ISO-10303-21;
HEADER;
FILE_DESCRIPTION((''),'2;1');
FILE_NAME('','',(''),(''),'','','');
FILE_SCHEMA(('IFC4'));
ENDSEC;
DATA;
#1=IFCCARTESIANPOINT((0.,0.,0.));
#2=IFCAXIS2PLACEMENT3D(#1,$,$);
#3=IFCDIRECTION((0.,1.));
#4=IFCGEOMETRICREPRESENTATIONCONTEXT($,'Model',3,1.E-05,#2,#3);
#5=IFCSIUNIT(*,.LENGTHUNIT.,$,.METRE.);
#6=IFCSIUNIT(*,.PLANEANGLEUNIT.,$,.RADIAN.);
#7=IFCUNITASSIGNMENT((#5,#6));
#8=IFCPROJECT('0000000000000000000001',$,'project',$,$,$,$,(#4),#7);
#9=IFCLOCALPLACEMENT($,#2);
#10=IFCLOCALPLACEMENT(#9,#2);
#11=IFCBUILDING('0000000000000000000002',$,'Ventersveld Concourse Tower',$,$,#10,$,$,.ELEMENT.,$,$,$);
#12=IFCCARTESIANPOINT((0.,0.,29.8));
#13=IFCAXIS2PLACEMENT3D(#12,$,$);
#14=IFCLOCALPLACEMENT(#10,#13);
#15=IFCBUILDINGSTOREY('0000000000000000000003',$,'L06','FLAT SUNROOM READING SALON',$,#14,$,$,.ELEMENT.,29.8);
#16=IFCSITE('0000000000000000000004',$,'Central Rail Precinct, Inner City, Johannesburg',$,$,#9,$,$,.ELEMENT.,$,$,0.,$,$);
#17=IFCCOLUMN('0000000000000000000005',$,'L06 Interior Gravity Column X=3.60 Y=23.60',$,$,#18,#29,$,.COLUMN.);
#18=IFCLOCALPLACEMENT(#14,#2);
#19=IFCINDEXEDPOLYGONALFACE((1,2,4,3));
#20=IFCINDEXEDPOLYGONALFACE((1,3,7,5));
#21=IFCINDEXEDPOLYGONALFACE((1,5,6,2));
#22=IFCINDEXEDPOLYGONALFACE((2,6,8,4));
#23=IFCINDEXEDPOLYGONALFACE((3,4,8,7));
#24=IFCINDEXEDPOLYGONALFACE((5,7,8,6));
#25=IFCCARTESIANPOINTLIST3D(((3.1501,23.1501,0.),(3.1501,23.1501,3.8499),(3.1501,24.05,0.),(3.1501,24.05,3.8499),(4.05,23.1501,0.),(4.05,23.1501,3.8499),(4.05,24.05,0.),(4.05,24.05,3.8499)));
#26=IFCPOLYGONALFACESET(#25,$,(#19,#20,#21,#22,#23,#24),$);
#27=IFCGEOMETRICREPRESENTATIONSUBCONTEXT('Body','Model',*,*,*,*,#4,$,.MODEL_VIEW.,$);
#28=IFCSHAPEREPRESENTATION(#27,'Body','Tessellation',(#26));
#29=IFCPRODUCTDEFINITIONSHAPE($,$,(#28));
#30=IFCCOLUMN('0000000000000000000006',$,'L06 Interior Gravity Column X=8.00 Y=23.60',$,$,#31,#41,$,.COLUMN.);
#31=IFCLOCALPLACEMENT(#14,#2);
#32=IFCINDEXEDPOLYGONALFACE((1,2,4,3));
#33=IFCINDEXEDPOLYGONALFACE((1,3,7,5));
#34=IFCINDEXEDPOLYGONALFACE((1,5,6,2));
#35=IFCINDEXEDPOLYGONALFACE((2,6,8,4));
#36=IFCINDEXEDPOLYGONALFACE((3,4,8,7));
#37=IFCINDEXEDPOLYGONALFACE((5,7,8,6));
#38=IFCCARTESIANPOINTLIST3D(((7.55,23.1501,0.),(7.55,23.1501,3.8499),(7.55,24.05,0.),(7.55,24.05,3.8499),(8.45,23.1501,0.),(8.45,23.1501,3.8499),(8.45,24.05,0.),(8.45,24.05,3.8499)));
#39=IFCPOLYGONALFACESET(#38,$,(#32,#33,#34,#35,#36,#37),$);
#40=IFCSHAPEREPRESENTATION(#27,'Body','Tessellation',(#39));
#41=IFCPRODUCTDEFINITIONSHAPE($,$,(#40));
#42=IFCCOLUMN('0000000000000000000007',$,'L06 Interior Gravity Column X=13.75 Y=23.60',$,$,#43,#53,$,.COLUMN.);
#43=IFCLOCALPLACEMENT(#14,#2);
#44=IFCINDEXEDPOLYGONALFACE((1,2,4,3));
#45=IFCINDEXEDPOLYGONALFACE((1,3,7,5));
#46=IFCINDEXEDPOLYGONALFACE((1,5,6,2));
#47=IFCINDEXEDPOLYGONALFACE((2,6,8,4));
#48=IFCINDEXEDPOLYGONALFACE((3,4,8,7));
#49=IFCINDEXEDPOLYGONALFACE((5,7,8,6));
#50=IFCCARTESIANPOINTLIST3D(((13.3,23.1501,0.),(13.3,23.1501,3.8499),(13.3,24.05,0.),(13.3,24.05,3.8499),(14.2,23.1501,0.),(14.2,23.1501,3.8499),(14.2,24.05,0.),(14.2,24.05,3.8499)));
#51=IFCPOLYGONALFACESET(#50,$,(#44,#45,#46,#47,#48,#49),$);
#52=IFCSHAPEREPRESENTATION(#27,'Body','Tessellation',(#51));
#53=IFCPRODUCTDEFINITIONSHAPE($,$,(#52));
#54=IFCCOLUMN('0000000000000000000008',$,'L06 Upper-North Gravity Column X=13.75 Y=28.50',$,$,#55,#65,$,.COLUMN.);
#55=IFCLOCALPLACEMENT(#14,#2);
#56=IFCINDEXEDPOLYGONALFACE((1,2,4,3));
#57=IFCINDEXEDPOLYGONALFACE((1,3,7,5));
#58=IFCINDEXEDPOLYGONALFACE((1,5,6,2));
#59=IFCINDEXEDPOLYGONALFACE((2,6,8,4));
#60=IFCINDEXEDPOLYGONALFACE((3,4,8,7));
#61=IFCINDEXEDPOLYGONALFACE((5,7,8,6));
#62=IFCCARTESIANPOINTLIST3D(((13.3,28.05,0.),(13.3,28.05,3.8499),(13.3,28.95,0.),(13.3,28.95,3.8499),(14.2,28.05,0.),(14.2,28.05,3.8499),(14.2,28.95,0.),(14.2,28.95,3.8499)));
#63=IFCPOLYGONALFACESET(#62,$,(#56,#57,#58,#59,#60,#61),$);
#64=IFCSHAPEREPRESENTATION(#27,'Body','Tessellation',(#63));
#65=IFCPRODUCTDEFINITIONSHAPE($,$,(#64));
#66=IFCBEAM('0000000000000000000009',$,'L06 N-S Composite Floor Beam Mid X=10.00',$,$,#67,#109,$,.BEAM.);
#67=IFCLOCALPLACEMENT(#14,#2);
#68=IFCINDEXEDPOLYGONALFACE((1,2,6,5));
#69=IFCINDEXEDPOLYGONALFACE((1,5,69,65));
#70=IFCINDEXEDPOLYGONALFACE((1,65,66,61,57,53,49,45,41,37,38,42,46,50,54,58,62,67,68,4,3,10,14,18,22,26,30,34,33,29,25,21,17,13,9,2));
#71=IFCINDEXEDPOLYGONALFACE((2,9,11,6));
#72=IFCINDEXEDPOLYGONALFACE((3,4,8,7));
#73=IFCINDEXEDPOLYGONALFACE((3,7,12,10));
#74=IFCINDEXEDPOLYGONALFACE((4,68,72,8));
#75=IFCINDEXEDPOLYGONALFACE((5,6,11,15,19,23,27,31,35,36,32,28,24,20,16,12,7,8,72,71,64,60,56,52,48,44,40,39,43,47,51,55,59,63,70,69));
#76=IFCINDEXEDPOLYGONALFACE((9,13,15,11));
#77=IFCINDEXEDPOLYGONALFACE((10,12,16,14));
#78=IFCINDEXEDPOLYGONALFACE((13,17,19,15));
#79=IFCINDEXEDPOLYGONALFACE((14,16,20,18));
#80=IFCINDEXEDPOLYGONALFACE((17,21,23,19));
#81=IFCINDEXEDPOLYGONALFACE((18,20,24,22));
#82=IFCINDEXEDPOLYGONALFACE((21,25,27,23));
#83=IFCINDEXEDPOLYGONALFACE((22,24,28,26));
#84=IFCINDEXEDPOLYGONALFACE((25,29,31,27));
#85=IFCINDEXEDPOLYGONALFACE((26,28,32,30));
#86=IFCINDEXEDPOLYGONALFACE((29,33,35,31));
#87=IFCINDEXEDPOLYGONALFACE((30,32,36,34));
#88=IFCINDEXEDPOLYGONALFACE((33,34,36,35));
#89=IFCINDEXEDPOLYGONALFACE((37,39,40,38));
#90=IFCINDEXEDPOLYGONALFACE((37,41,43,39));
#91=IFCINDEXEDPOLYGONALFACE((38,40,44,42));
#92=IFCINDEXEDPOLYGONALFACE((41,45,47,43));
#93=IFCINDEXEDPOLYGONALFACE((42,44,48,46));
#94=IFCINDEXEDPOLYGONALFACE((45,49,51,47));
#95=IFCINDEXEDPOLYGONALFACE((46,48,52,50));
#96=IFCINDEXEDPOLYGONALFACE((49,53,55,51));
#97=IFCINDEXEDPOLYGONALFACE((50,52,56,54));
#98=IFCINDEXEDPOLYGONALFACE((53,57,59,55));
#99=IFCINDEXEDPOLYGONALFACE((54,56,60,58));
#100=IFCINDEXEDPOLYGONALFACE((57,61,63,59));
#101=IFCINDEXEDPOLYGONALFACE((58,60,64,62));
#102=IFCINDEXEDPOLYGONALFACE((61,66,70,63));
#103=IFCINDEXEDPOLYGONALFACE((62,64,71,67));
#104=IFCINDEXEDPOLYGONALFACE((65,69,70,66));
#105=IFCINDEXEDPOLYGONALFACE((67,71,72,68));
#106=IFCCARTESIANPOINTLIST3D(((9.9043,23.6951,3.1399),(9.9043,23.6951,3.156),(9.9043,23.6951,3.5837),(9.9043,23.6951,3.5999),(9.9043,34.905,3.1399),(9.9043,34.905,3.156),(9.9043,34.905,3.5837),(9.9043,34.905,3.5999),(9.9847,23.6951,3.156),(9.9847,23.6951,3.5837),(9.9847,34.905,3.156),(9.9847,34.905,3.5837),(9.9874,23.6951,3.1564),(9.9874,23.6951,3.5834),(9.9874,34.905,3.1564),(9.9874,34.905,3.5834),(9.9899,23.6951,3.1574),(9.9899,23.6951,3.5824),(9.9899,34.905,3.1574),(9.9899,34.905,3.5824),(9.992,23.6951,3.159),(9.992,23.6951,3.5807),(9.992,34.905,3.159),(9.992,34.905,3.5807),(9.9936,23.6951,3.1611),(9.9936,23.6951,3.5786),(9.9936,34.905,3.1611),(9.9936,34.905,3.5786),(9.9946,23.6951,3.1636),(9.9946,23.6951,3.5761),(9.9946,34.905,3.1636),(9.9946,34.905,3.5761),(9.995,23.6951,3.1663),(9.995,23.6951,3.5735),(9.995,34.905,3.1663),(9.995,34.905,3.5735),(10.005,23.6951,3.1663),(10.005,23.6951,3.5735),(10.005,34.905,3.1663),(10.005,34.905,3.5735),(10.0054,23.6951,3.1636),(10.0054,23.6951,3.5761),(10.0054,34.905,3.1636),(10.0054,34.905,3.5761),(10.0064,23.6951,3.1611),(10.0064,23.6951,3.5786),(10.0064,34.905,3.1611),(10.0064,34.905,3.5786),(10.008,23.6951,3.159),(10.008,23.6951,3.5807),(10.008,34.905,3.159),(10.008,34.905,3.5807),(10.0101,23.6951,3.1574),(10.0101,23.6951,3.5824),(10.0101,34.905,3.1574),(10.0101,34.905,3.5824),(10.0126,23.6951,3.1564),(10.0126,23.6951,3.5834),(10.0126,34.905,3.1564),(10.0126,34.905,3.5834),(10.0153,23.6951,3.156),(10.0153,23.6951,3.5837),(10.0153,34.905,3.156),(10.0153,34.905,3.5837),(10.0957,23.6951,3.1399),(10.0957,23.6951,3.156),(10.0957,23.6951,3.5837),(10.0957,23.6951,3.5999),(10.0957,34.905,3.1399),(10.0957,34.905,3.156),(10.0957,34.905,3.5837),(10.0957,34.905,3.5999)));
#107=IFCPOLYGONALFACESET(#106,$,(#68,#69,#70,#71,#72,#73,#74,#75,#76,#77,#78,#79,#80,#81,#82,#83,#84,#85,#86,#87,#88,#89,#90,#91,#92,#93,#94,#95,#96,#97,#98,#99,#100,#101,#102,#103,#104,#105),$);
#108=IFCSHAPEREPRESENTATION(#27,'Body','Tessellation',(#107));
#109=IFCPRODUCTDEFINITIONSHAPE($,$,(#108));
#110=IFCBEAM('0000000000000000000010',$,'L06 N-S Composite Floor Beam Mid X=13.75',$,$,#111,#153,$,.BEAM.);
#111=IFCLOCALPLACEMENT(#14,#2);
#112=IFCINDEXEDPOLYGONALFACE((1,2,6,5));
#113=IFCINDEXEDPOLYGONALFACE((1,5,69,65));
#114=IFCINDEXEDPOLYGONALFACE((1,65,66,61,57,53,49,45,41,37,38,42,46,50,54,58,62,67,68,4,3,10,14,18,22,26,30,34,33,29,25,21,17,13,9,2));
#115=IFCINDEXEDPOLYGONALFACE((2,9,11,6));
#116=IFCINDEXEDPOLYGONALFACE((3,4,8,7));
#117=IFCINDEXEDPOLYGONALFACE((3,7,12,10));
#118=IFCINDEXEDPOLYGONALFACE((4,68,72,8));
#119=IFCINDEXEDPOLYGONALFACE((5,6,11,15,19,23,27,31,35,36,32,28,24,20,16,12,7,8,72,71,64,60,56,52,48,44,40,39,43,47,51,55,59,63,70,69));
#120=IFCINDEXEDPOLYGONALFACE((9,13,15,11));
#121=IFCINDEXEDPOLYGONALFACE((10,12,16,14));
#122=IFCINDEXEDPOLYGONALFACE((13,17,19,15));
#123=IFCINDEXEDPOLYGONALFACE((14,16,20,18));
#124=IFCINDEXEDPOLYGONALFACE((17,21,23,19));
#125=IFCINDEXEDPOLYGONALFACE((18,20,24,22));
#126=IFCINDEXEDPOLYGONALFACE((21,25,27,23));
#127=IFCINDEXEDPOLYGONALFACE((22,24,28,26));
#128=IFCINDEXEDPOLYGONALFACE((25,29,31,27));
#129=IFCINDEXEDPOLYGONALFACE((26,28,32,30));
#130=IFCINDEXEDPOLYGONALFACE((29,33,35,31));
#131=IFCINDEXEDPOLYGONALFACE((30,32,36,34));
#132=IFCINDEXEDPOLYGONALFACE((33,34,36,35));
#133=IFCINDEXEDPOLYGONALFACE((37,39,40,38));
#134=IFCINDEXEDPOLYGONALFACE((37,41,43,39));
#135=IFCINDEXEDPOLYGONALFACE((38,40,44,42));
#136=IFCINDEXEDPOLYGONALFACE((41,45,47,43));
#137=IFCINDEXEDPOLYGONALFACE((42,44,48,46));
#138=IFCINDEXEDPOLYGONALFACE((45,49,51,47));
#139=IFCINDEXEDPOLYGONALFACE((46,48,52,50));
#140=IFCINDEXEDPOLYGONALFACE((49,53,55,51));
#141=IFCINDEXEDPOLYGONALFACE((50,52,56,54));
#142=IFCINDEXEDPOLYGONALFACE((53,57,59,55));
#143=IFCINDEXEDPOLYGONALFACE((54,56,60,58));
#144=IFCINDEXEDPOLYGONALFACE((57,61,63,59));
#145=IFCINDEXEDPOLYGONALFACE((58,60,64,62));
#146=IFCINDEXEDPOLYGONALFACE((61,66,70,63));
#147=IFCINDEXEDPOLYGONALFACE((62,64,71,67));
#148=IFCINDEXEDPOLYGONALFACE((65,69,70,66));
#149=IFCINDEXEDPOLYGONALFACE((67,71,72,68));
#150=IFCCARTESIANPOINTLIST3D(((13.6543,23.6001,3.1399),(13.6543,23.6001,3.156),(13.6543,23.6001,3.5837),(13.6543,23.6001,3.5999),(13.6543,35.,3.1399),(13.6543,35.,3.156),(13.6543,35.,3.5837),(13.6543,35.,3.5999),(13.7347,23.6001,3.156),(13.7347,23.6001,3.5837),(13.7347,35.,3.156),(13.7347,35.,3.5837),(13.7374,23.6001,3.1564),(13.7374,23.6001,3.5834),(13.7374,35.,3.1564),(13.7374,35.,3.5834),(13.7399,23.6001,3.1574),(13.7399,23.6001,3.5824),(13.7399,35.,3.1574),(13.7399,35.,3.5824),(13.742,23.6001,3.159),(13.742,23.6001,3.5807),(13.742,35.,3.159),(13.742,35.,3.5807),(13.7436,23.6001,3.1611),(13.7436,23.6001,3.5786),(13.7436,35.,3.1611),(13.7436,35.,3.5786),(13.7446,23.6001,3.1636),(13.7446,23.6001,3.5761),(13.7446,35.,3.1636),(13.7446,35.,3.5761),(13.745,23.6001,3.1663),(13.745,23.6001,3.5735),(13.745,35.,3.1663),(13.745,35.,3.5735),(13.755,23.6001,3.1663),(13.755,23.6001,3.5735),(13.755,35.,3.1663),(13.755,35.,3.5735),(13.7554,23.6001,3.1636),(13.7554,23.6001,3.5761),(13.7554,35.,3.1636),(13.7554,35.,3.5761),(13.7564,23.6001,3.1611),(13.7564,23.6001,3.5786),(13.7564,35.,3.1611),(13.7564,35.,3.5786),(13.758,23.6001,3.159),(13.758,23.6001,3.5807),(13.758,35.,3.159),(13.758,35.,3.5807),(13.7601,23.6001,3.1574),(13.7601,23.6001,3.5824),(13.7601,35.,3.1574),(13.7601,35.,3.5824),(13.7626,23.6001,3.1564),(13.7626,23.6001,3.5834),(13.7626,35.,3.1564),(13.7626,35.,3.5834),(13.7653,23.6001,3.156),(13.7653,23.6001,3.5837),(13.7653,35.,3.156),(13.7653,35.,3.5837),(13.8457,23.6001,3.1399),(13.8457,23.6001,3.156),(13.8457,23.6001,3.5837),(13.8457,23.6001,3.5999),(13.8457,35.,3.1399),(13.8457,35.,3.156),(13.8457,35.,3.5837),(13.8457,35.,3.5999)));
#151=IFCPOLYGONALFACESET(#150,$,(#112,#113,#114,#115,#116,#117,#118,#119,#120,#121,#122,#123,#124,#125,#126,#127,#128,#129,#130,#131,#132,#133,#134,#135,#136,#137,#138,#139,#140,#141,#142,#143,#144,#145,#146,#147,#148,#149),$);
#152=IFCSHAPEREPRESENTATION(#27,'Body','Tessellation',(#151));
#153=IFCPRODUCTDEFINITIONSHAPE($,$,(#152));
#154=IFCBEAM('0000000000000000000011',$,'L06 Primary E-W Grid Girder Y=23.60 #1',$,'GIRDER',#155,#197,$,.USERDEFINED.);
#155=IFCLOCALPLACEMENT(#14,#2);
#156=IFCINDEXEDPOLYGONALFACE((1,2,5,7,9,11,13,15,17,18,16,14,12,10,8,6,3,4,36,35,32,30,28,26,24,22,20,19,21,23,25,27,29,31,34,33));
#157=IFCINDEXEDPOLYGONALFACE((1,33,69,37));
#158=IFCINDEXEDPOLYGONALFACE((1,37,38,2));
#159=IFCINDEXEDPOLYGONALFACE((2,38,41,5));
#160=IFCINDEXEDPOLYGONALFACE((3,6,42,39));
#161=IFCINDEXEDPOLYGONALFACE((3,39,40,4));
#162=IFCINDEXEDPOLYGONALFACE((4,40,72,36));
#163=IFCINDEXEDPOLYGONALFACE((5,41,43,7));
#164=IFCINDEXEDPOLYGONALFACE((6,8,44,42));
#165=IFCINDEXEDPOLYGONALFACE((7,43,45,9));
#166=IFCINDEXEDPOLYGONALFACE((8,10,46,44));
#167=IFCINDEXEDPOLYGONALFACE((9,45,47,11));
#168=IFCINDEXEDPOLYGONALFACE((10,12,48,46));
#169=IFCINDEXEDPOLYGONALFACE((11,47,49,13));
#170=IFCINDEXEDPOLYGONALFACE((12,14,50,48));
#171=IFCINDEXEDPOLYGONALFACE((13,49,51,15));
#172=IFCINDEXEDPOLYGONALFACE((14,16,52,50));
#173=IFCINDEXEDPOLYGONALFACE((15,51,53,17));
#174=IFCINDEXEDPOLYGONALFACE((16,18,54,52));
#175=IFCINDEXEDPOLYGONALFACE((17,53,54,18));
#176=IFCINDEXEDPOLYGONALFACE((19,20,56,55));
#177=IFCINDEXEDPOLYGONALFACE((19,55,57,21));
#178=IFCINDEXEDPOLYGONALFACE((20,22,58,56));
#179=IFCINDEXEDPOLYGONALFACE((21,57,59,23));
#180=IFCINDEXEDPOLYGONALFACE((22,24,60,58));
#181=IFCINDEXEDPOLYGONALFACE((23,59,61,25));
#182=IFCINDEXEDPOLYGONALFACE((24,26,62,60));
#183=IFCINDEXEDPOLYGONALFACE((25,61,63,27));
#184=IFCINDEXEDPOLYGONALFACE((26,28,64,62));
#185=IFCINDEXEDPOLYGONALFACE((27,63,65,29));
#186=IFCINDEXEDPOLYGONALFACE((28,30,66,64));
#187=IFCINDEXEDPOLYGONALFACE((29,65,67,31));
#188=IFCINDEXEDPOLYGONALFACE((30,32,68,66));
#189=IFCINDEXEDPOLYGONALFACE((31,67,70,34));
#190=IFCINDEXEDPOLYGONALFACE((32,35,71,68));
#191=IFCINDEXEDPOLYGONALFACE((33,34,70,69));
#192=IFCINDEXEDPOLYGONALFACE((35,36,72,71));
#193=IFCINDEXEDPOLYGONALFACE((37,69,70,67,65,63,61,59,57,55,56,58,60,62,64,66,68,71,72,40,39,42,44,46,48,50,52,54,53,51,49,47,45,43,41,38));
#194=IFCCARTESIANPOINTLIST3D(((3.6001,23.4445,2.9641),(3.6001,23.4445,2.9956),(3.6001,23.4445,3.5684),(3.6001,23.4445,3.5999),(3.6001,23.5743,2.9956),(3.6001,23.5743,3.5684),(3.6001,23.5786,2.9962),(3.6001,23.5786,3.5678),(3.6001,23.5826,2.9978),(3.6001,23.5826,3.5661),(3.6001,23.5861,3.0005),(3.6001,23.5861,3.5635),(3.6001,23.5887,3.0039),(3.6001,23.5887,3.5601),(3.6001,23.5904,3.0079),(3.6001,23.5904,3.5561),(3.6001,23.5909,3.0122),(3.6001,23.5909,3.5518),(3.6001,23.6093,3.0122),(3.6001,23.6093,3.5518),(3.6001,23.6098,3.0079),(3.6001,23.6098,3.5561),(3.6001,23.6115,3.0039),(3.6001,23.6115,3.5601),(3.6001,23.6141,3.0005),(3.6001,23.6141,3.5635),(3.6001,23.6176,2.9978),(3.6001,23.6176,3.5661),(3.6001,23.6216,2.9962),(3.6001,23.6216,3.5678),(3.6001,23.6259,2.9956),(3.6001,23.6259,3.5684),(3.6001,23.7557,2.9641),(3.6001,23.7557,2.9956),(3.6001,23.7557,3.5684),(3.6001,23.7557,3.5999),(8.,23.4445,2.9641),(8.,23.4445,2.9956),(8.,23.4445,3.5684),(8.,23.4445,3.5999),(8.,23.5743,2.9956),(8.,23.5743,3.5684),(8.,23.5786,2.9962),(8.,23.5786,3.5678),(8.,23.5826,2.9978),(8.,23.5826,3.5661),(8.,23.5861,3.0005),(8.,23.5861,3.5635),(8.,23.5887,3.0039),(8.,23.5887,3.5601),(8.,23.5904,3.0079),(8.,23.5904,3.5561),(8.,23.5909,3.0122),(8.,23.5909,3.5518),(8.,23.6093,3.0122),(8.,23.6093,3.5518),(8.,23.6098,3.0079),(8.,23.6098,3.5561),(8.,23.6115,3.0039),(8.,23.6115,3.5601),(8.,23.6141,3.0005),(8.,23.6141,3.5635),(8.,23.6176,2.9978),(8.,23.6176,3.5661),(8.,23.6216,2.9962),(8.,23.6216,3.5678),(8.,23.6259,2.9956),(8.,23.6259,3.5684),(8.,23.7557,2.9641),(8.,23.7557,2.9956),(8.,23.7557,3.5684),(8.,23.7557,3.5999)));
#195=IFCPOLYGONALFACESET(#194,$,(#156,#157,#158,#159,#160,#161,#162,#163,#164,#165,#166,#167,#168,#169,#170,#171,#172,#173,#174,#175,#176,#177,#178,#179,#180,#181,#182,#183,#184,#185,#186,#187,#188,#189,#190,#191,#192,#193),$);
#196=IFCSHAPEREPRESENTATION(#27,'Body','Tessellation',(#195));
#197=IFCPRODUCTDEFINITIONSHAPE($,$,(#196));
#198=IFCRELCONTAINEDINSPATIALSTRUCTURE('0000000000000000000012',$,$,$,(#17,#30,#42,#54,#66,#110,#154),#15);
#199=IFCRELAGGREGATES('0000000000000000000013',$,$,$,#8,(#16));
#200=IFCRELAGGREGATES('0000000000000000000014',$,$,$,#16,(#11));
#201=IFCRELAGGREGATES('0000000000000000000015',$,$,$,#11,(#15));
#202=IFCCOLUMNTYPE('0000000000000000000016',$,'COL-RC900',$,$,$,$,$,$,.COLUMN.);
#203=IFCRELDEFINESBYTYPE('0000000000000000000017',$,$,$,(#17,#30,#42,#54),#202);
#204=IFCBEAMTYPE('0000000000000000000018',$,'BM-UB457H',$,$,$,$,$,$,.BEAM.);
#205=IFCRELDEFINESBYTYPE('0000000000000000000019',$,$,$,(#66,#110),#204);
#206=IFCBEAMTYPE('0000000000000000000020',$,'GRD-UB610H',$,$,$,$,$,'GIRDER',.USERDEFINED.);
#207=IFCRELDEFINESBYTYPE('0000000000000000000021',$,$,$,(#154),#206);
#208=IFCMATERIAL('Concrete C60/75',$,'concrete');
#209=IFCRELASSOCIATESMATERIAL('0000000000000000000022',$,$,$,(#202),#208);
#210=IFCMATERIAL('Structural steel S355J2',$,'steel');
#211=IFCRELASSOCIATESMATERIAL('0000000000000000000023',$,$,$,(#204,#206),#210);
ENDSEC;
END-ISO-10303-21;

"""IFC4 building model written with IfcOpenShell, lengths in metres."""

from ifc_helpers import new_model, si_unit, direction, frame, origin, origin_2d, place, context, subcontext, project, spatial, rectangle, i_section, extrude, material, material_profile, profile_set, type_object, element, save


model = new_model("IFC4")

# Units and contexts
model_context = context("Model", 3, precision=1e-05, world=origin(), true_north=direction((0.0, 1.0)))
body_context = subcontext(model_context, "Body", "Model", "MODEL_VIEW")
ifc_project = project(units=[si_unit("LENGTHUNIT", "METRE"), si_unit("PLANEANGLEUNIT", "RADIAN")], contexts=[model_context])

# Site, building, storey
site_placement = place(None, origin())
site = spatial("IfcSite", under=ifc_project, at=site_placement, Name="Central Rail Precinct, Inner City, Johannesburg", CompositionType="ELEMENT", RefElevation=0.0)
building_placement = place(site_placement, origin())
building = spatial("IfcBuilding", under=site, at=building_placement, Name="Ventersveld Concourse Tower", CompositionType="ELEMENT")
storey_placement = place(building_placement, frame((0.0, 0.0, 29.8)))
storey = spatial("IfcBuildingStorey", under=building, at=storey_placement, Name="L06", Description="FLAT SUNROOM READING SALON", CompositionType="ELEMENT", Elevation=29.8)

# Columns
ifc_material_1 = material(Name="Concrete C60/75", Category="concrete")
ifc_material_profile_1 = material_profile(ifc_material_1, rectangle(XDim=0.8999, YDim=0.8999, at=origin_2d()), Name="RC 900x900")
ifc_profile_set_1 = profile_set([ifc_material_profile_1], Name="Concrete C60/75")
column_type = type_object("IfcColumnType", Name="COL-RC900", PredefinedType="COLUMN", material=ifc_profile_set_1)
for number, where, z_axis, x_axis, name in (
    (1, (3.6001, 23.6001, 0.0), (0.0, 0.0, 1.0), (1.0, 0.0, 0.0), "L06 Interior Gravity Column X=3.60 Y=23.60"),
    (2, (8.0, 23.6001, 0.0), (0.0, 0.0, 1.0), (1.0, 0.0, 0.0), "L06 Interior Gravity Column X=8.00 Y=23.60"),
    (3, (13.75, 23.6001, 0.0), (0.0, 0.0, 1.0), (1.0, 0.0, 0.0), "L06 Interior Gravity Column X=13.75 Y=23.60"),
    (4, (13.75, 28.5, 0.0), (0.0, 0.0, 1.0), (1.0, 0.0, 0.0), "L06 Upper-North Gravity Column X=13.75 Y=28.50"),
):
    element("IfcColumn", number, at=place(storey_placement, frame(where, z_axis=z_axis, x_axis=x_axis)), inside=storey, type_object=column_type, Name=name, PredefinedType="COLUMN", context=body_context, shape_type="SweptSolid", body=[
        extrude(rectangle(XDim=0.8999, YDim=0.8999, at=origin_2d()), origin(), (0.0, 0.0, 1.0), 3.8499),
    ])

# Beams
ifc_material_2 = material(Name="Structural steel S355J2", Category="steel")
ifc_material_profile_2 = material_profile(ifc_material_2, i_section(OverallWidth=0.1914, OverallDepth=0.46, WebThickness=0.01, FlangeThickness=0.0161, FilletRadius=0.0103, at=origin_2d()), Name="UB 457x191x82")
ifc_profile_set_2 = profile_set([ifc_material_profile_2], Name="Structural steel S355J2")
beam_type_1 = type_object("IfcBeamType", Name="BM-UB457H", PredefinedType="BEAM", material=ifc_profile_set_2)
beam_1_placement = place(storey_placement, frame((10.0, 23.6951, 3.3699), z_axis=(0.0, 1.0, 0.0), x_axis=(-1.0, 0.0, 0.0)))
element("IfcBeam", 5, at=beam_1_placement, inside=storey, type_object=beam_type_1, Name="L06 N-S Composite Floor Beam Mid X=10.00", PredefinedType="BEAM", context=body_context, shape_type="SweptSolid", body=[
    extrude(i_section(OverallWidth=0.1914, OverallDepth=0.46, WebThickness=0.01, FlangeThickness=0.0161, FilletRadius=0.0103, at=origin_2d()), origin(), (0.0, 0.0, 1.0), 11.21),
])
beam_2_placement = place(storey_placement, frame((13.75, 23.6001, 3.3699), z_axis=(0.0, 1.0, 0.0), x_axis=(-1.0, 0.0, 0.0)))
element("IfcBeam", 6, at=beam_2_placement, inside=storey, type_object=beam_type_1, Name="L06 N-S Composite Floor Beam Mid X=13.75", PredefinedType="BEAM", context=body_context, shape_type="SweptSolid", body=[
    extrude(i_section(OverallWidth=0.1914, OverallDepth=0.46, WebThickness=0.01, FlangeThickness=0.0161, FilletRadius=0.0103, at=origin_2d()), origin(), (0.0, 0.0, 1.0), 11.3999),
])
ifc_material_profile_3 = material_profile(ifc_material_2, i_section(OverallWidth=0.3113, OverallDepth=0.6357, WebThickness=0.0183, FlangeThickness=0.0315, FilletRadius=0.0166, at=origin_2d()), Name="UB 610x305x238")
ifc_profile_set_3 = profile_set([ifc_material_profile_3], Name="Structural steel S355J2")
beam_type_2 = type_object("IfcBeamType", Name="GRD-UB610H", ElementType="GIRDER", PredefinedType="USERDEFINED", material=ifc_profile_set_3)
beam_3_placement = place(storey_placement, frame((3.6001, 23.6001, 3.282), z_axis=(1.0, 0.0, 0.0), x_axis=(0.0, 1.0, 0.0)))
element("IfcBeam", 7, at=beam_3_placement, inside=storey, type_object=beam_type_2, Name="L06 Primary E-W Grid Girder Y=23.60 #1", ObjectType="GIRDER", PredefinedType="USERDEFINED", context=body_context, shape_type="SweptSolid", body=[
    extrude(i_section(OverallWidth=0.3113, OverallDepth=0.6357, WebThickness=0.0183, FlangeThickness=0.0315, FilletRadius=0.0166, at=origin_2d()), origin(), (0.0, 0.0, 1.0), 4.3999),
])

save(model, "model.ifc")
